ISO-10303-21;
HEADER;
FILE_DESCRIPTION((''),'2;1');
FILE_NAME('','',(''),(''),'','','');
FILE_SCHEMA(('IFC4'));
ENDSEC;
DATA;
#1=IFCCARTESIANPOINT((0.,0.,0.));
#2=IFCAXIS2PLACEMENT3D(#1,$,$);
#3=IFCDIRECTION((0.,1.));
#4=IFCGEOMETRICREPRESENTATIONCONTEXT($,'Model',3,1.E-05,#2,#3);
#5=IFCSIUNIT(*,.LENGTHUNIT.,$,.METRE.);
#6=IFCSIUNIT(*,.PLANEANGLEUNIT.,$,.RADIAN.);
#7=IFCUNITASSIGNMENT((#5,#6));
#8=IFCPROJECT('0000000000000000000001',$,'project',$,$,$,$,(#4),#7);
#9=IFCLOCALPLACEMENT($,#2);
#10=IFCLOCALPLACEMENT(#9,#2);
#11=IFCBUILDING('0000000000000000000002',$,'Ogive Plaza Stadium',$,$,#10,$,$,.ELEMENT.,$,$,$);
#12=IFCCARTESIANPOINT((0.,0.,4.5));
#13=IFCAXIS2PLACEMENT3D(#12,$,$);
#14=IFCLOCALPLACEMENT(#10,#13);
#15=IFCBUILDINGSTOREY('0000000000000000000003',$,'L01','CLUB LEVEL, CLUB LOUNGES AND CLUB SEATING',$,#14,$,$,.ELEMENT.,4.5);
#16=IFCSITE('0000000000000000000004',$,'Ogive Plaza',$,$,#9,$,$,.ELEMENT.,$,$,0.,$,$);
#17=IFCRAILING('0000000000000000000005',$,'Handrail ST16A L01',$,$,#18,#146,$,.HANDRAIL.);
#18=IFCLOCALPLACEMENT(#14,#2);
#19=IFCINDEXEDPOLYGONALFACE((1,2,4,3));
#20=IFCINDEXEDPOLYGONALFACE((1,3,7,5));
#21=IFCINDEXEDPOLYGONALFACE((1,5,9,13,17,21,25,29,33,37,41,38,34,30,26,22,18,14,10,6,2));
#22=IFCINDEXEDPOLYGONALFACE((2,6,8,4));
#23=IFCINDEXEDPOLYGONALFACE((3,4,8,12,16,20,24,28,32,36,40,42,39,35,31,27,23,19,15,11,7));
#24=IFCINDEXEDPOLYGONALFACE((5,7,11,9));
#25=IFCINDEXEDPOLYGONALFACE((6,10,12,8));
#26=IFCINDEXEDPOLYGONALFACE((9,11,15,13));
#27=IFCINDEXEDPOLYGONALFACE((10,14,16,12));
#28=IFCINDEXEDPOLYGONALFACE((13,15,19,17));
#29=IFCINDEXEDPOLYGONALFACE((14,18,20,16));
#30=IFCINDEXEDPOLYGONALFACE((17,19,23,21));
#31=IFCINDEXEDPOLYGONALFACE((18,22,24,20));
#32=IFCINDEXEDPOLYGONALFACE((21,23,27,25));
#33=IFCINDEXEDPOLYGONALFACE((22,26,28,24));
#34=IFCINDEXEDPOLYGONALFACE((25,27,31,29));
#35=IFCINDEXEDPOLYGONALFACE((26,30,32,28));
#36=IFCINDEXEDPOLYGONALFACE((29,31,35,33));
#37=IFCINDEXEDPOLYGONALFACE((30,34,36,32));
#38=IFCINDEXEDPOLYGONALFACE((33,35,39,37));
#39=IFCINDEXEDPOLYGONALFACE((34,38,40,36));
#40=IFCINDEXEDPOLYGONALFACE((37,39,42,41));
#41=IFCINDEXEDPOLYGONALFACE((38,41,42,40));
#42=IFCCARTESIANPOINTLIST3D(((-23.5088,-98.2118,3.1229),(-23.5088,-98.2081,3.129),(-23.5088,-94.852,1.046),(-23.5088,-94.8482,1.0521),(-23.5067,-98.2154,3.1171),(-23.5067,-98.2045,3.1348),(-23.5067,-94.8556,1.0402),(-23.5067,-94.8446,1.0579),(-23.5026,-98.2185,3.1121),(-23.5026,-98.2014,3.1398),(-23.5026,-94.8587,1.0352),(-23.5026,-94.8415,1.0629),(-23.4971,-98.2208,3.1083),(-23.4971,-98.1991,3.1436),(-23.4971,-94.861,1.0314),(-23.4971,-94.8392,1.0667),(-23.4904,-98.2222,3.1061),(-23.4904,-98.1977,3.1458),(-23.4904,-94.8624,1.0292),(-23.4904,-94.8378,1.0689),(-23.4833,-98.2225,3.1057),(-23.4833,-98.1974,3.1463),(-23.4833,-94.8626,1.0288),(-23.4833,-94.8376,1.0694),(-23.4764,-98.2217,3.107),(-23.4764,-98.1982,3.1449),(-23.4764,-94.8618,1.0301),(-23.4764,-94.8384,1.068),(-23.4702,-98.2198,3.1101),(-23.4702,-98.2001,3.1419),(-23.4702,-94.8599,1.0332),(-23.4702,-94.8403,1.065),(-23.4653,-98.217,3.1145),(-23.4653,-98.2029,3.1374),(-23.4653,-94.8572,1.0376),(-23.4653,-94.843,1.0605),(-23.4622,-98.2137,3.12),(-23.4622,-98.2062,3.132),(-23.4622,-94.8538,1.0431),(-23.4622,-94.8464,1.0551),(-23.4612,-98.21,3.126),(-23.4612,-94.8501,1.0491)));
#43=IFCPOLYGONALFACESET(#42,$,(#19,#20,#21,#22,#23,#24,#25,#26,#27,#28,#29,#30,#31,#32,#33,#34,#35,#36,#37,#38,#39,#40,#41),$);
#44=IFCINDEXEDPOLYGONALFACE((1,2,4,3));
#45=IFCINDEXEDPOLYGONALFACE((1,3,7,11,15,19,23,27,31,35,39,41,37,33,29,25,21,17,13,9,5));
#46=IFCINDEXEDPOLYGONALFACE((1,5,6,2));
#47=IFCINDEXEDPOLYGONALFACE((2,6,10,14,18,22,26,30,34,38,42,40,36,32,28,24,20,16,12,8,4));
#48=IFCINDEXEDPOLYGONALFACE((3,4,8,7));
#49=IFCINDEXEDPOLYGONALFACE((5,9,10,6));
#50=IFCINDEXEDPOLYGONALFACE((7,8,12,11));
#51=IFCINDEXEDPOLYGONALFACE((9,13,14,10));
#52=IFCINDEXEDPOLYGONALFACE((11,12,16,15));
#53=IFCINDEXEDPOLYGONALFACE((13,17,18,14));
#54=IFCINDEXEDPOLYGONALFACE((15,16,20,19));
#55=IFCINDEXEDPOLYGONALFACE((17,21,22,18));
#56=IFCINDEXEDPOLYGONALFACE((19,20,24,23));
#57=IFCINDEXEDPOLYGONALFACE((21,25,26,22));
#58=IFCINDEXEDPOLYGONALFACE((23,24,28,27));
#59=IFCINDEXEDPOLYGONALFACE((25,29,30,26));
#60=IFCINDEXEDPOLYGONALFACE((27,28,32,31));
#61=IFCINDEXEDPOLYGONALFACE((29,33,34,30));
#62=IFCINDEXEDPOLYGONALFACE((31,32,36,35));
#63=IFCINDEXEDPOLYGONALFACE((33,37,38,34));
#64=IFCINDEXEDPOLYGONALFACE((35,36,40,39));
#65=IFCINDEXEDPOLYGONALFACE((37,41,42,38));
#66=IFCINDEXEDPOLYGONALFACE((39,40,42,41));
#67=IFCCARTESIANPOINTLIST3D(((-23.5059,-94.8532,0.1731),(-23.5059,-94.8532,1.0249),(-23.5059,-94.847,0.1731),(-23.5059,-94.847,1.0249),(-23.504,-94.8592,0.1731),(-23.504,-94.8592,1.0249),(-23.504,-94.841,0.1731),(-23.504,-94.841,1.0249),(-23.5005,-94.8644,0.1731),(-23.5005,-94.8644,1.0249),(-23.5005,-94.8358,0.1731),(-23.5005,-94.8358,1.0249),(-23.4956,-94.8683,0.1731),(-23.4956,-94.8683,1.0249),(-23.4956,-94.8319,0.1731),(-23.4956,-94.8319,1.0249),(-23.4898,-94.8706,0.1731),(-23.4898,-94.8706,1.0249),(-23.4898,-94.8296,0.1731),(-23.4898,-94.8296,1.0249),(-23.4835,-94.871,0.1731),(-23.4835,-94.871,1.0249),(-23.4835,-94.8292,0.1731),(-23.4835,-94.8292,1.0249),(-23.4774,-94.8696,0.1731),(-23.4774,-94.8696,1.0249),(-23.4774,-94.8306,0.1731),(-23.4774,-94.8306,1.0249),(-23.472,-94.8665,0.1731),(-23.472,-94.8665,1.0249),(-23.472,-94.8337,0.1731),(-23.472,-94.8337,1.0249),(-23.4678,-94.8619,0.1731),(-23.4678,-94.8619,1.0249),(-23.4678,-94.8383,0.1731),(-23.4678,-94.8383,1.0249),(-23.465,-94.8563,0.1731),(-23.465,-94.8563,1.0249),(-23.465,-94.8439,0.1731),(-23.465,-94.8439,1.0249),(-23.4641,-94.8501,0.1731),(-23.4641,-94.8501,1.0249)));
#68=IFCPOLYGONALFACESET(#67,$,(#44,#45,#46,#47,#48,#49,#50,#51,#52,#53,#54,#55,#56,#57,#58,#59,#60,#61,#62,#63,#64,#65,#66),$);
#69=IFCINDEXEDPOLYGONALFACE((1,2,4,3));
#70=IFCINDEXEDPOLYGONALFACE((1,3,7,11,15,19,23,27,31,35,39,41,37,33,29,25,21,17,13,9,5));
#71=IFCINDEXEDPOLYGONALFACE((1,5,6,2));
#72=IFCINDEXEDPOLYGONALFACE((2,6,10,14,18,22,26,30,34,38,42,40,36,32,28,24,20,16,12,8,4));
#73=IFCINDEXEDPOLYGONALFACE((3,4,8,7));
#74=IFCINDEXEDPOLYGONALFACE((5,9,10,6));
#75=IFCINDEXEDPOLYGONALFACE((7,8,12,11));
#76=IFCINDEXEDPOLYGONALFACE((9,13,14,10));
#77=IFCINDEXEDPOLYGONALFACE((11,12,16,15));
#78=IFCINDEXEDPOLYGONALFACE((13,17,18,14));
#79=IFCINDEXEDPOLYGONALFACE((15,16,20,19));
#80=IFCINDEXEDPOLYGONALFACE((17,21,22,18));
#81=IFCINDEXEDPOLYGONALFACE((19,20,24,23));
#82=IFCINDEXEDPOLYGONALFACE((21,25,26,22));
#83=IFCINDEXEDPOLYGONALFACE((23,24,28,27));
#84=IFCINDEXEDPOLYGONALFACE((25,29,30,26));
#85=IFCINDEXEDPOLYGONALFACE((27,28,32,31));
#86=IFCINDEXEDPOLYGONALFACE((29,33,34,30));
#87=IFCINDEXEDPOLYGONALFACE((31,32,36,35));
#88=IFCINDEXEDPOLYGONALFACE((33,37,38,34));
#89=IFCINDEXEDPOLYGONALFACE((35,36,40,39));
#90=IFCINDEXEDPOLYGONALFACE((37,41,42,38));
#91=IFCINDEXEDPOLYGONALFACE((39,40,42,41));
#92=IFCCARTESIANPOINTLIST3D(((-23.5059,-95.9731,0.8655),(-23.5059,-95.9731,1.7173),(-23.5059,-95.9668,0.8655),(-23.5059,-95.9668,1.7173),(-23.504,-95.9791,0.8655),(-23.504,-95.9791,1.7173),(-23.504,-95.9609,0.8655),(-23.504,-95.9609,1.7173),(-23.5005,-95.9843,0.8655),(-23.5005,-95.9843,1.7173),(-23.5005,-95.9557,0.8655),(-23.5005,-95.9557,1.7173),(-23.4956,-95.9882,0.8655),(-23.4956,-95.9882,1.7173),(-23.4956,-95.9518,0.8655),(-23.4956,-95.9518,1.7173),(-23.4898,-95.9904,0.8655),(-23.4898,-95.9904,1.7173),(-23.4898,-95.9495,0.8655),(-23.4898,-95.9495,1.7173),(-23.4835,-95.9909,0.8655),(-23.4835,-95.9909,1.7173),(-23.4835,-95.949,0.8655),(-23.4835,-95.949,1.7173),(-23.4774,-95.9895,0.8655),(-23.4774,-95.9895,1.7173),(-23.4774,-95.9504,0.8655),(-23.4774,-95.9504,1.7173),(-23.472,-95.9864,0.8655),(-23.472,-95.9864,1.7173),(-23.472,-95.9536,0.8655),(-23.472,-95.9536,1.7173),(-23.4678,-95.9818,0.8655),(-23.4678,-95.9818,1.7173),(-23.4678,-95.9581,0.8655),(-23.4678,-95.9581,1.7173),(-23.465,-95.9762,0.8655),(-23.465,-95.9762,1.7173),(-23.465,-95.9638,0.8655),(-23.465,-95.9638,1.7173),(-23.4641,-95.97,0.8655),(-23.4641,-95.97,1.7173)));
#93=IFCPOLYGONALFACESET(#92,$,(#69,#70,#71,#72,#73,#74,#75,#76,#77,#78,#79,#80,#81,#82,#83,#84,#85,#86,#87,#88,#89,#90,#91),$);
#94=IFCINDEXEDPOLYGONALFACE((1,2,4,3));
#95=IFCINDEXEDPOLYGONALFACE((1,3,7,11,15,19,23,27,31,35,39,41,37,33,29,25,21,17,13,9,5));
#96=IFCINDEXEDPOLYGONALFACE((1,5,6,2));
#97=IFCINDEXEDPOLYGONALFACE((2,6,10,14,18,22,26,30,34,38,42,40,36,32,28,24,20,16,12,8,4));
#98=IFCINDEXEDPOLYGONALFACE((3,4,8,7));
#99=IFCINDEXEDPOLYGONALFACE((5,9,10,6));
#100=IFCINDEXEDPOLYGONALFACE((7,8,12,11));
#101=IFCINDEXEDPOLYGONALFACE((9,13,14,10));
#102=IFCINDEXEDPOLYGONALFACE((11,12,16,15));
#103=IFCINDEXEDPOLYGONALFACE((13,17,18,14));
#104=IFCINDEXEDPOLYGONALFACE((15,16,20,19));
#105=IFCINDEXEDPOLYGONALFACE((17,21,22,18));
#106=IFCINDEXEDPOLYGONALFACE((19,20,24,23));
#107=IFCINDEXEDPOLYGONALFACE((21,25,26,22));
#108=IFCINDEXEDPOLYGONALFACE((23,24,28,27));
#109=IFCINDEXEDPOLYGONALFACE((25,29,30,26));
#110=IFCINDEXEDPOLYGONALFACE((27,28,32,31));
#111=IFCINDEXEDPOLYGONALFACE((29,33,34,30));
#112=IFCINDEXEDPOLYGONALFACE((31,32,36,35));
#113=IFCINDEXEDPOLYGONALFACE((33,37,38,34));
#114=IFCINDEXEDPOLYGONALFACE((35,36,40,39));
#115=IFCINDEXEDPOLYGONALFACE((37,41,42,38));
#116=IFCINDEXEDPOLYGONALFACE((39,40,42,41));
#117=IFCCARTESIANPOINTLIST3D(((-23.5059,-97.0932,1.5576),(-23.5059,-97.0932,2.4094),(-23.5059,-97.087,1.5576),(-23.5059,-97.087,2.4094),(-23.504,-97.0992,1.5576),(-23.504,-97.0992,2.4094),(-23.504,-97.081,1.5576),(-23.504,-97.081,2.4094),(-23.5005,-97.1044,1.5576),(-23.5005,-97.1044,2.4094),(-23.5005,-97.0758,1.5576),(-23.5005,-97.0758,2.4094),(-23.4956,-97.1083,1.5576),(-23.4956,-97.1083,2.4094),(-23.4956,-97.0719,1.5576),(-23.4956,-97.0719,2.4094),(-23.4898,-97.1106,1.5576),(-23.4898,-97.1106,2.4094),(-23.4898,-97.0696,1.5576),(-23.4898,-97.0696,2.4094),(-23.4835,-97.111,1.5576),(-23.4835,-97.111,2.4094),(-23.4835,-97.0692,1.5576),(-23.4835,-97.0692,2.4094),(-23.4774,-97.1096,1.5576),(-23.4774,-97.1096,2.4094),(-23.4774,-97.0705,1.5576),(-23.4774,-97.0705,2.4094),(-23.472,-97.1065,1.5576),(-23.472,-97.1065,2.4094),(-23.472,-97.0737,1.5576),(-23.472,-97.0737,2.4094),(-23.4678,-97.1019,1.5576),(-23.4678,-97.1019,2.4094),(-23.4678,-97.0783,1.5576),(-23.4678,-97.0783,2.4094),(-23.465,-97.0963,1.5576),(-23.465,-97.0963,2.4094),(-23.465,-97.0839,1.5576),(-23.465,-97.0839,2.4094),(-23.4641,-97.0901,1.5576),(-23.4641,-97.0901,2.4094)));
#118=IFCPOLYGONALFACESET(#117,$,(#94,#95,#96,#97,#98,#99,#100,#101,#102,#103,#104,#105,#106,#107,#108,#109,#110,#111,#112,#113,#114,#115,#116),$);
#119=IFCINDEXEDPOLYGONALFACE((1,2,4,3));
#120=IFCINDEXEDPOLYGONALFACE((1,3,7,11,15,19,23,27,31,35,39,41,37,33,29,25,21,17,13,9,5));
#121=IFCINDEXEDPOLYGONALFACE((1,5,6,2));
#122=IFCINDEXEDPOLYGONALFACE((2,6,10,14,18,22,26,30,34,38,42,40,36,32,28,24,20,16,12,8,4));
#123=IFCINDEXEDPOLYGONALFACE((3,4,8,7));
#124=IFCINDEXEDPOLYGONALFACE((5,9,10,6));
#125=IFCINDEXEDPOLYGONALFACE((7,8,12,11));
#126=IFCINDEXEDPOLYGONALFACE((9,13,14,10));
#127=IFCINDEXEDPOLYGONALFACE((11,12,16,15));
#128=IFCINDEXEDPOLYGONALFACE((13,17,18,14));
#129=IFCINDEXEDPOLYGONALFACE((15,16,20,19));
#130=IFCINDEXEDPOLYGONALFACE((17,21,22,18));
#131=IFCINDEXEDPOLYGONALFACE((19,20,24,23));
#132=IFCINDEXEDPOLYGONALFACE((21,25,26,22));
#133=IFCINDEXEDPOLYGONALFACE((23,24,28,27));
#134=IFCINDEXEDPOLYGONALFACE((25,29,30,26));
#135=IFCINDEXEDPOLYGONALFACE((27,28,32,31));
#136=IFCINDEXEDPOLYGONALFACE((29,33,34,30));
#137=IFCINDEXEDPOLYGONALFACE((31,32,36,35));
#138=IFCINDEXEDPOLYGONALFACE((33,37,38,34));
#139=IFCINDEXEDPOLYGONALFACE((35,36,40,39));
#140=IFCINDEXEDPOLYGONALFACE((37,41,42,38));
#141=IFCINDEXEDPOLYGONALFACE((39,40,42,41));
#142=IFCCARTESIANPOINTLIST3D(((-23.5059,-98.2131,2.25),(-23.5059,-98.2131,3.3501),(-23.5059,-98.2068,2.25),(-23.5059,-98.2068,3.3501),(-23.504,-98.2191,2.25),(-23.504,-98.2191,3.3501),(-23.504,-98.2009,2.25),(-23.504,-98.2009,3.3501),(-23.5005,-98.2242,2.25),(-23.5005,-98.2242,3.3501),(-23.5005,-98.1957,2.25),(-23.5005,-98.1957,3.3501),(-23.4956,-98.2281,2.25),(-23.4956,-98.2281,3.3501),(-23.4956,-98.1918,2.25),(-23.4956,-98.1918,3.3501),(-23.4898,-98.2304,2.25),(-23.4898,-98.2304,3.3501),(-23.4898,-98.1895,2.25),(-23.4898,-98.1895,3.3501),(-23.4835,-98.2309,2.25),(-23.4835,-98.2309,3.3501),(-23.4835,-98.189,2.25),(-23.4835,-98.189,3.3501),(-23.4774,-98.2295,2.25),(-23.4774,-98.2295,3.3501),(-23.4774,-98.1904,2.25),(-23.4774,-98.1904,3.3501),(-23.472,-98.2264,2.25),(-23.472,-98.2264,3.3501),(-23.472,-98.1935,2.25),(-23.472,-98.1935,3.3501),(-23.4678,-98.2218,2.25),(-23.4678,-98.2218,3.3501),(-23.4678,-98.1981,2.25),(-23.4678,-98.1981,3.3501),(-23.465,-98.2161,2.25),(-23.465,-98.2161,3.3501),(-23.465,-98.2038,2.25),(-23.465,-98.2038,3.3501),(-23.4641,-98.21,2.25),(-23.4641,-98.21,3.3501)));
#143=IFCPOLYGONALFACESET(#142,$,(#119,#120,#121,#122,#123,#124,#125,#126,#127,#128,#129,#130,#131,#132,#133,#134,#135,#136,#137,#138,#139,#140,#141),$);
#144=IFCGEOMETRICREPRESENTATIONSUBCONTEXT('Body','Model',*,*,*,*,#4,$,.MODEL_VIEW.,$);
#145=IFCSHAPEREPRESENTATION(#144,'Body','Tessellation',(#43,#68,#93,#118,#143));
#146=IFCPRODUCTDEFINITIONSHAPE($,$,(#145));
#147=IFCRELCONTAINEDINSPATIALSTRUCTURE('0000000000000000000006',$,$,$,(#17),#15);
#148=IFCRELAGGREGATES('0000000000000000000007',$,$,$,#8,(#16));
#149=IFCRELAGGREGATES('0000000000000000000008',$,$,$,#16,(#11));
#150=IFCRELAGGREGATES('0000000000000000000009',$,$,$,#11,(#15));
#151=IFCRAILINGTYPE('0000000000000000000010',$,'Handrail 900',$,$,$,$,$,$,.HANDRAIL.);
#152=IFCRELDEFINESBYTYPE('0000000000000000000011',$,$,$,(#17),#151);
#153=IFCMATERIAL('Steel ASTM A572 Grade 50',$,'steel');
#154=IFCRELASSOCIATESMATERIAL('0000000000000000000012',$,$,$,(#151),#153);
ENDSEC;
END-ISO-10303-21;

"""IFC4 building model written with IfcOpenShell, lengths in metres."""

from ifc_helpers import new_model, si_unit, direction, frame, origin, origin_2d, place, context, subcontext, project, spatial, circle, extrude, material, type_object, element, save


model = new_model("IFC4")

# Units and contexts
model_context = context("Model", 3, precision=1e-05, world=origin(), true_north=direction((0.0, 1.0)))
body_context = subcontext(model_context, "Body", "Model", "MODEL_VIEW")
ifc_project = project(units=[si_unit("LENGTHUNIT", "METRE"), si_unit("PLANEANGLEUNIT", "RADIAN")], contexts=[model_context])

# Site, building, storey
site_placement = place(None, origin())
site = spatial("IfcSite", under=ifc_project, at=site_placement, Name="Ogive Plaza", CompositionType="ELEMENT", RefElevation=0.0)
building_placement = place(site_placement, origin())
building = spatial("IfcBuilding", under=site, at=building_placement, Name="Ogive Plaza Stadium", CompositionType="ELEMENT")
storey_placement = place(building_placement, frame((0.0, 0.0, 4.5)))
storey = spatial("IfcBuildingStorey", under=building, at=storey_placement, Name="L01", Description="CLUB LEVEL, CLUB LOUNGES AND CLUB SEATING", CompositionType="ELEMENT", Elevation=4.5)

# Railing
ifc_material_1 = material(Name="Steel ASTM A572 Grade 50", Category="steel")
railing_type_1 = type_object("IfcRailingType", Name="Handrail 900", PredefinedType="HANDRAIL", material=ifc_material_1)
for number, where, name in (
    (1, (-23.4851, -94.8501, 0.1731), "Handrail ST16A L01"),
):
    element("IfcRailing", number, at=place(storey_placement, frame(where)), inside=storey, type_object=railing_type_1, Name=name, PredefinedType="HANDRAIL", context=body_context, shape_type="SweptSolid", body=[
        extrude(circle(Radius=0.0239, at=origin_2d()), frame((0.0, 0.0, 0.876), z_axis=(0.0, -0.850606, 0.525803), x_axis=(1.0, 0.0, 0.0)), (0.0, 0.0, 1.0), 3.95),
        extrude(circle(Radius=0.021, at=origin_2d()), origin(), (0.0, 0.0, 1.0), 0.8518),
        extrude(circle(Radius=0.021, at=origin_2d()), frame((0.0, -1.1199, 0.6924)), (0.0, 0.0, 1.0), 0.8518),
        extrude(circle(Radius=0.021, at=origin_2d()), frame((0.0, -2.24, 1.3845)), (0.0, 0.0, 1.0), 0.8518),
        extrude(circle(Radius=0.021, at=origin_2d()), frame((0.0, -3.3599, 2.0769)), (0.0, 0.0, 1.0), 1.1001),
    ])

save(model, "model.ifc")
